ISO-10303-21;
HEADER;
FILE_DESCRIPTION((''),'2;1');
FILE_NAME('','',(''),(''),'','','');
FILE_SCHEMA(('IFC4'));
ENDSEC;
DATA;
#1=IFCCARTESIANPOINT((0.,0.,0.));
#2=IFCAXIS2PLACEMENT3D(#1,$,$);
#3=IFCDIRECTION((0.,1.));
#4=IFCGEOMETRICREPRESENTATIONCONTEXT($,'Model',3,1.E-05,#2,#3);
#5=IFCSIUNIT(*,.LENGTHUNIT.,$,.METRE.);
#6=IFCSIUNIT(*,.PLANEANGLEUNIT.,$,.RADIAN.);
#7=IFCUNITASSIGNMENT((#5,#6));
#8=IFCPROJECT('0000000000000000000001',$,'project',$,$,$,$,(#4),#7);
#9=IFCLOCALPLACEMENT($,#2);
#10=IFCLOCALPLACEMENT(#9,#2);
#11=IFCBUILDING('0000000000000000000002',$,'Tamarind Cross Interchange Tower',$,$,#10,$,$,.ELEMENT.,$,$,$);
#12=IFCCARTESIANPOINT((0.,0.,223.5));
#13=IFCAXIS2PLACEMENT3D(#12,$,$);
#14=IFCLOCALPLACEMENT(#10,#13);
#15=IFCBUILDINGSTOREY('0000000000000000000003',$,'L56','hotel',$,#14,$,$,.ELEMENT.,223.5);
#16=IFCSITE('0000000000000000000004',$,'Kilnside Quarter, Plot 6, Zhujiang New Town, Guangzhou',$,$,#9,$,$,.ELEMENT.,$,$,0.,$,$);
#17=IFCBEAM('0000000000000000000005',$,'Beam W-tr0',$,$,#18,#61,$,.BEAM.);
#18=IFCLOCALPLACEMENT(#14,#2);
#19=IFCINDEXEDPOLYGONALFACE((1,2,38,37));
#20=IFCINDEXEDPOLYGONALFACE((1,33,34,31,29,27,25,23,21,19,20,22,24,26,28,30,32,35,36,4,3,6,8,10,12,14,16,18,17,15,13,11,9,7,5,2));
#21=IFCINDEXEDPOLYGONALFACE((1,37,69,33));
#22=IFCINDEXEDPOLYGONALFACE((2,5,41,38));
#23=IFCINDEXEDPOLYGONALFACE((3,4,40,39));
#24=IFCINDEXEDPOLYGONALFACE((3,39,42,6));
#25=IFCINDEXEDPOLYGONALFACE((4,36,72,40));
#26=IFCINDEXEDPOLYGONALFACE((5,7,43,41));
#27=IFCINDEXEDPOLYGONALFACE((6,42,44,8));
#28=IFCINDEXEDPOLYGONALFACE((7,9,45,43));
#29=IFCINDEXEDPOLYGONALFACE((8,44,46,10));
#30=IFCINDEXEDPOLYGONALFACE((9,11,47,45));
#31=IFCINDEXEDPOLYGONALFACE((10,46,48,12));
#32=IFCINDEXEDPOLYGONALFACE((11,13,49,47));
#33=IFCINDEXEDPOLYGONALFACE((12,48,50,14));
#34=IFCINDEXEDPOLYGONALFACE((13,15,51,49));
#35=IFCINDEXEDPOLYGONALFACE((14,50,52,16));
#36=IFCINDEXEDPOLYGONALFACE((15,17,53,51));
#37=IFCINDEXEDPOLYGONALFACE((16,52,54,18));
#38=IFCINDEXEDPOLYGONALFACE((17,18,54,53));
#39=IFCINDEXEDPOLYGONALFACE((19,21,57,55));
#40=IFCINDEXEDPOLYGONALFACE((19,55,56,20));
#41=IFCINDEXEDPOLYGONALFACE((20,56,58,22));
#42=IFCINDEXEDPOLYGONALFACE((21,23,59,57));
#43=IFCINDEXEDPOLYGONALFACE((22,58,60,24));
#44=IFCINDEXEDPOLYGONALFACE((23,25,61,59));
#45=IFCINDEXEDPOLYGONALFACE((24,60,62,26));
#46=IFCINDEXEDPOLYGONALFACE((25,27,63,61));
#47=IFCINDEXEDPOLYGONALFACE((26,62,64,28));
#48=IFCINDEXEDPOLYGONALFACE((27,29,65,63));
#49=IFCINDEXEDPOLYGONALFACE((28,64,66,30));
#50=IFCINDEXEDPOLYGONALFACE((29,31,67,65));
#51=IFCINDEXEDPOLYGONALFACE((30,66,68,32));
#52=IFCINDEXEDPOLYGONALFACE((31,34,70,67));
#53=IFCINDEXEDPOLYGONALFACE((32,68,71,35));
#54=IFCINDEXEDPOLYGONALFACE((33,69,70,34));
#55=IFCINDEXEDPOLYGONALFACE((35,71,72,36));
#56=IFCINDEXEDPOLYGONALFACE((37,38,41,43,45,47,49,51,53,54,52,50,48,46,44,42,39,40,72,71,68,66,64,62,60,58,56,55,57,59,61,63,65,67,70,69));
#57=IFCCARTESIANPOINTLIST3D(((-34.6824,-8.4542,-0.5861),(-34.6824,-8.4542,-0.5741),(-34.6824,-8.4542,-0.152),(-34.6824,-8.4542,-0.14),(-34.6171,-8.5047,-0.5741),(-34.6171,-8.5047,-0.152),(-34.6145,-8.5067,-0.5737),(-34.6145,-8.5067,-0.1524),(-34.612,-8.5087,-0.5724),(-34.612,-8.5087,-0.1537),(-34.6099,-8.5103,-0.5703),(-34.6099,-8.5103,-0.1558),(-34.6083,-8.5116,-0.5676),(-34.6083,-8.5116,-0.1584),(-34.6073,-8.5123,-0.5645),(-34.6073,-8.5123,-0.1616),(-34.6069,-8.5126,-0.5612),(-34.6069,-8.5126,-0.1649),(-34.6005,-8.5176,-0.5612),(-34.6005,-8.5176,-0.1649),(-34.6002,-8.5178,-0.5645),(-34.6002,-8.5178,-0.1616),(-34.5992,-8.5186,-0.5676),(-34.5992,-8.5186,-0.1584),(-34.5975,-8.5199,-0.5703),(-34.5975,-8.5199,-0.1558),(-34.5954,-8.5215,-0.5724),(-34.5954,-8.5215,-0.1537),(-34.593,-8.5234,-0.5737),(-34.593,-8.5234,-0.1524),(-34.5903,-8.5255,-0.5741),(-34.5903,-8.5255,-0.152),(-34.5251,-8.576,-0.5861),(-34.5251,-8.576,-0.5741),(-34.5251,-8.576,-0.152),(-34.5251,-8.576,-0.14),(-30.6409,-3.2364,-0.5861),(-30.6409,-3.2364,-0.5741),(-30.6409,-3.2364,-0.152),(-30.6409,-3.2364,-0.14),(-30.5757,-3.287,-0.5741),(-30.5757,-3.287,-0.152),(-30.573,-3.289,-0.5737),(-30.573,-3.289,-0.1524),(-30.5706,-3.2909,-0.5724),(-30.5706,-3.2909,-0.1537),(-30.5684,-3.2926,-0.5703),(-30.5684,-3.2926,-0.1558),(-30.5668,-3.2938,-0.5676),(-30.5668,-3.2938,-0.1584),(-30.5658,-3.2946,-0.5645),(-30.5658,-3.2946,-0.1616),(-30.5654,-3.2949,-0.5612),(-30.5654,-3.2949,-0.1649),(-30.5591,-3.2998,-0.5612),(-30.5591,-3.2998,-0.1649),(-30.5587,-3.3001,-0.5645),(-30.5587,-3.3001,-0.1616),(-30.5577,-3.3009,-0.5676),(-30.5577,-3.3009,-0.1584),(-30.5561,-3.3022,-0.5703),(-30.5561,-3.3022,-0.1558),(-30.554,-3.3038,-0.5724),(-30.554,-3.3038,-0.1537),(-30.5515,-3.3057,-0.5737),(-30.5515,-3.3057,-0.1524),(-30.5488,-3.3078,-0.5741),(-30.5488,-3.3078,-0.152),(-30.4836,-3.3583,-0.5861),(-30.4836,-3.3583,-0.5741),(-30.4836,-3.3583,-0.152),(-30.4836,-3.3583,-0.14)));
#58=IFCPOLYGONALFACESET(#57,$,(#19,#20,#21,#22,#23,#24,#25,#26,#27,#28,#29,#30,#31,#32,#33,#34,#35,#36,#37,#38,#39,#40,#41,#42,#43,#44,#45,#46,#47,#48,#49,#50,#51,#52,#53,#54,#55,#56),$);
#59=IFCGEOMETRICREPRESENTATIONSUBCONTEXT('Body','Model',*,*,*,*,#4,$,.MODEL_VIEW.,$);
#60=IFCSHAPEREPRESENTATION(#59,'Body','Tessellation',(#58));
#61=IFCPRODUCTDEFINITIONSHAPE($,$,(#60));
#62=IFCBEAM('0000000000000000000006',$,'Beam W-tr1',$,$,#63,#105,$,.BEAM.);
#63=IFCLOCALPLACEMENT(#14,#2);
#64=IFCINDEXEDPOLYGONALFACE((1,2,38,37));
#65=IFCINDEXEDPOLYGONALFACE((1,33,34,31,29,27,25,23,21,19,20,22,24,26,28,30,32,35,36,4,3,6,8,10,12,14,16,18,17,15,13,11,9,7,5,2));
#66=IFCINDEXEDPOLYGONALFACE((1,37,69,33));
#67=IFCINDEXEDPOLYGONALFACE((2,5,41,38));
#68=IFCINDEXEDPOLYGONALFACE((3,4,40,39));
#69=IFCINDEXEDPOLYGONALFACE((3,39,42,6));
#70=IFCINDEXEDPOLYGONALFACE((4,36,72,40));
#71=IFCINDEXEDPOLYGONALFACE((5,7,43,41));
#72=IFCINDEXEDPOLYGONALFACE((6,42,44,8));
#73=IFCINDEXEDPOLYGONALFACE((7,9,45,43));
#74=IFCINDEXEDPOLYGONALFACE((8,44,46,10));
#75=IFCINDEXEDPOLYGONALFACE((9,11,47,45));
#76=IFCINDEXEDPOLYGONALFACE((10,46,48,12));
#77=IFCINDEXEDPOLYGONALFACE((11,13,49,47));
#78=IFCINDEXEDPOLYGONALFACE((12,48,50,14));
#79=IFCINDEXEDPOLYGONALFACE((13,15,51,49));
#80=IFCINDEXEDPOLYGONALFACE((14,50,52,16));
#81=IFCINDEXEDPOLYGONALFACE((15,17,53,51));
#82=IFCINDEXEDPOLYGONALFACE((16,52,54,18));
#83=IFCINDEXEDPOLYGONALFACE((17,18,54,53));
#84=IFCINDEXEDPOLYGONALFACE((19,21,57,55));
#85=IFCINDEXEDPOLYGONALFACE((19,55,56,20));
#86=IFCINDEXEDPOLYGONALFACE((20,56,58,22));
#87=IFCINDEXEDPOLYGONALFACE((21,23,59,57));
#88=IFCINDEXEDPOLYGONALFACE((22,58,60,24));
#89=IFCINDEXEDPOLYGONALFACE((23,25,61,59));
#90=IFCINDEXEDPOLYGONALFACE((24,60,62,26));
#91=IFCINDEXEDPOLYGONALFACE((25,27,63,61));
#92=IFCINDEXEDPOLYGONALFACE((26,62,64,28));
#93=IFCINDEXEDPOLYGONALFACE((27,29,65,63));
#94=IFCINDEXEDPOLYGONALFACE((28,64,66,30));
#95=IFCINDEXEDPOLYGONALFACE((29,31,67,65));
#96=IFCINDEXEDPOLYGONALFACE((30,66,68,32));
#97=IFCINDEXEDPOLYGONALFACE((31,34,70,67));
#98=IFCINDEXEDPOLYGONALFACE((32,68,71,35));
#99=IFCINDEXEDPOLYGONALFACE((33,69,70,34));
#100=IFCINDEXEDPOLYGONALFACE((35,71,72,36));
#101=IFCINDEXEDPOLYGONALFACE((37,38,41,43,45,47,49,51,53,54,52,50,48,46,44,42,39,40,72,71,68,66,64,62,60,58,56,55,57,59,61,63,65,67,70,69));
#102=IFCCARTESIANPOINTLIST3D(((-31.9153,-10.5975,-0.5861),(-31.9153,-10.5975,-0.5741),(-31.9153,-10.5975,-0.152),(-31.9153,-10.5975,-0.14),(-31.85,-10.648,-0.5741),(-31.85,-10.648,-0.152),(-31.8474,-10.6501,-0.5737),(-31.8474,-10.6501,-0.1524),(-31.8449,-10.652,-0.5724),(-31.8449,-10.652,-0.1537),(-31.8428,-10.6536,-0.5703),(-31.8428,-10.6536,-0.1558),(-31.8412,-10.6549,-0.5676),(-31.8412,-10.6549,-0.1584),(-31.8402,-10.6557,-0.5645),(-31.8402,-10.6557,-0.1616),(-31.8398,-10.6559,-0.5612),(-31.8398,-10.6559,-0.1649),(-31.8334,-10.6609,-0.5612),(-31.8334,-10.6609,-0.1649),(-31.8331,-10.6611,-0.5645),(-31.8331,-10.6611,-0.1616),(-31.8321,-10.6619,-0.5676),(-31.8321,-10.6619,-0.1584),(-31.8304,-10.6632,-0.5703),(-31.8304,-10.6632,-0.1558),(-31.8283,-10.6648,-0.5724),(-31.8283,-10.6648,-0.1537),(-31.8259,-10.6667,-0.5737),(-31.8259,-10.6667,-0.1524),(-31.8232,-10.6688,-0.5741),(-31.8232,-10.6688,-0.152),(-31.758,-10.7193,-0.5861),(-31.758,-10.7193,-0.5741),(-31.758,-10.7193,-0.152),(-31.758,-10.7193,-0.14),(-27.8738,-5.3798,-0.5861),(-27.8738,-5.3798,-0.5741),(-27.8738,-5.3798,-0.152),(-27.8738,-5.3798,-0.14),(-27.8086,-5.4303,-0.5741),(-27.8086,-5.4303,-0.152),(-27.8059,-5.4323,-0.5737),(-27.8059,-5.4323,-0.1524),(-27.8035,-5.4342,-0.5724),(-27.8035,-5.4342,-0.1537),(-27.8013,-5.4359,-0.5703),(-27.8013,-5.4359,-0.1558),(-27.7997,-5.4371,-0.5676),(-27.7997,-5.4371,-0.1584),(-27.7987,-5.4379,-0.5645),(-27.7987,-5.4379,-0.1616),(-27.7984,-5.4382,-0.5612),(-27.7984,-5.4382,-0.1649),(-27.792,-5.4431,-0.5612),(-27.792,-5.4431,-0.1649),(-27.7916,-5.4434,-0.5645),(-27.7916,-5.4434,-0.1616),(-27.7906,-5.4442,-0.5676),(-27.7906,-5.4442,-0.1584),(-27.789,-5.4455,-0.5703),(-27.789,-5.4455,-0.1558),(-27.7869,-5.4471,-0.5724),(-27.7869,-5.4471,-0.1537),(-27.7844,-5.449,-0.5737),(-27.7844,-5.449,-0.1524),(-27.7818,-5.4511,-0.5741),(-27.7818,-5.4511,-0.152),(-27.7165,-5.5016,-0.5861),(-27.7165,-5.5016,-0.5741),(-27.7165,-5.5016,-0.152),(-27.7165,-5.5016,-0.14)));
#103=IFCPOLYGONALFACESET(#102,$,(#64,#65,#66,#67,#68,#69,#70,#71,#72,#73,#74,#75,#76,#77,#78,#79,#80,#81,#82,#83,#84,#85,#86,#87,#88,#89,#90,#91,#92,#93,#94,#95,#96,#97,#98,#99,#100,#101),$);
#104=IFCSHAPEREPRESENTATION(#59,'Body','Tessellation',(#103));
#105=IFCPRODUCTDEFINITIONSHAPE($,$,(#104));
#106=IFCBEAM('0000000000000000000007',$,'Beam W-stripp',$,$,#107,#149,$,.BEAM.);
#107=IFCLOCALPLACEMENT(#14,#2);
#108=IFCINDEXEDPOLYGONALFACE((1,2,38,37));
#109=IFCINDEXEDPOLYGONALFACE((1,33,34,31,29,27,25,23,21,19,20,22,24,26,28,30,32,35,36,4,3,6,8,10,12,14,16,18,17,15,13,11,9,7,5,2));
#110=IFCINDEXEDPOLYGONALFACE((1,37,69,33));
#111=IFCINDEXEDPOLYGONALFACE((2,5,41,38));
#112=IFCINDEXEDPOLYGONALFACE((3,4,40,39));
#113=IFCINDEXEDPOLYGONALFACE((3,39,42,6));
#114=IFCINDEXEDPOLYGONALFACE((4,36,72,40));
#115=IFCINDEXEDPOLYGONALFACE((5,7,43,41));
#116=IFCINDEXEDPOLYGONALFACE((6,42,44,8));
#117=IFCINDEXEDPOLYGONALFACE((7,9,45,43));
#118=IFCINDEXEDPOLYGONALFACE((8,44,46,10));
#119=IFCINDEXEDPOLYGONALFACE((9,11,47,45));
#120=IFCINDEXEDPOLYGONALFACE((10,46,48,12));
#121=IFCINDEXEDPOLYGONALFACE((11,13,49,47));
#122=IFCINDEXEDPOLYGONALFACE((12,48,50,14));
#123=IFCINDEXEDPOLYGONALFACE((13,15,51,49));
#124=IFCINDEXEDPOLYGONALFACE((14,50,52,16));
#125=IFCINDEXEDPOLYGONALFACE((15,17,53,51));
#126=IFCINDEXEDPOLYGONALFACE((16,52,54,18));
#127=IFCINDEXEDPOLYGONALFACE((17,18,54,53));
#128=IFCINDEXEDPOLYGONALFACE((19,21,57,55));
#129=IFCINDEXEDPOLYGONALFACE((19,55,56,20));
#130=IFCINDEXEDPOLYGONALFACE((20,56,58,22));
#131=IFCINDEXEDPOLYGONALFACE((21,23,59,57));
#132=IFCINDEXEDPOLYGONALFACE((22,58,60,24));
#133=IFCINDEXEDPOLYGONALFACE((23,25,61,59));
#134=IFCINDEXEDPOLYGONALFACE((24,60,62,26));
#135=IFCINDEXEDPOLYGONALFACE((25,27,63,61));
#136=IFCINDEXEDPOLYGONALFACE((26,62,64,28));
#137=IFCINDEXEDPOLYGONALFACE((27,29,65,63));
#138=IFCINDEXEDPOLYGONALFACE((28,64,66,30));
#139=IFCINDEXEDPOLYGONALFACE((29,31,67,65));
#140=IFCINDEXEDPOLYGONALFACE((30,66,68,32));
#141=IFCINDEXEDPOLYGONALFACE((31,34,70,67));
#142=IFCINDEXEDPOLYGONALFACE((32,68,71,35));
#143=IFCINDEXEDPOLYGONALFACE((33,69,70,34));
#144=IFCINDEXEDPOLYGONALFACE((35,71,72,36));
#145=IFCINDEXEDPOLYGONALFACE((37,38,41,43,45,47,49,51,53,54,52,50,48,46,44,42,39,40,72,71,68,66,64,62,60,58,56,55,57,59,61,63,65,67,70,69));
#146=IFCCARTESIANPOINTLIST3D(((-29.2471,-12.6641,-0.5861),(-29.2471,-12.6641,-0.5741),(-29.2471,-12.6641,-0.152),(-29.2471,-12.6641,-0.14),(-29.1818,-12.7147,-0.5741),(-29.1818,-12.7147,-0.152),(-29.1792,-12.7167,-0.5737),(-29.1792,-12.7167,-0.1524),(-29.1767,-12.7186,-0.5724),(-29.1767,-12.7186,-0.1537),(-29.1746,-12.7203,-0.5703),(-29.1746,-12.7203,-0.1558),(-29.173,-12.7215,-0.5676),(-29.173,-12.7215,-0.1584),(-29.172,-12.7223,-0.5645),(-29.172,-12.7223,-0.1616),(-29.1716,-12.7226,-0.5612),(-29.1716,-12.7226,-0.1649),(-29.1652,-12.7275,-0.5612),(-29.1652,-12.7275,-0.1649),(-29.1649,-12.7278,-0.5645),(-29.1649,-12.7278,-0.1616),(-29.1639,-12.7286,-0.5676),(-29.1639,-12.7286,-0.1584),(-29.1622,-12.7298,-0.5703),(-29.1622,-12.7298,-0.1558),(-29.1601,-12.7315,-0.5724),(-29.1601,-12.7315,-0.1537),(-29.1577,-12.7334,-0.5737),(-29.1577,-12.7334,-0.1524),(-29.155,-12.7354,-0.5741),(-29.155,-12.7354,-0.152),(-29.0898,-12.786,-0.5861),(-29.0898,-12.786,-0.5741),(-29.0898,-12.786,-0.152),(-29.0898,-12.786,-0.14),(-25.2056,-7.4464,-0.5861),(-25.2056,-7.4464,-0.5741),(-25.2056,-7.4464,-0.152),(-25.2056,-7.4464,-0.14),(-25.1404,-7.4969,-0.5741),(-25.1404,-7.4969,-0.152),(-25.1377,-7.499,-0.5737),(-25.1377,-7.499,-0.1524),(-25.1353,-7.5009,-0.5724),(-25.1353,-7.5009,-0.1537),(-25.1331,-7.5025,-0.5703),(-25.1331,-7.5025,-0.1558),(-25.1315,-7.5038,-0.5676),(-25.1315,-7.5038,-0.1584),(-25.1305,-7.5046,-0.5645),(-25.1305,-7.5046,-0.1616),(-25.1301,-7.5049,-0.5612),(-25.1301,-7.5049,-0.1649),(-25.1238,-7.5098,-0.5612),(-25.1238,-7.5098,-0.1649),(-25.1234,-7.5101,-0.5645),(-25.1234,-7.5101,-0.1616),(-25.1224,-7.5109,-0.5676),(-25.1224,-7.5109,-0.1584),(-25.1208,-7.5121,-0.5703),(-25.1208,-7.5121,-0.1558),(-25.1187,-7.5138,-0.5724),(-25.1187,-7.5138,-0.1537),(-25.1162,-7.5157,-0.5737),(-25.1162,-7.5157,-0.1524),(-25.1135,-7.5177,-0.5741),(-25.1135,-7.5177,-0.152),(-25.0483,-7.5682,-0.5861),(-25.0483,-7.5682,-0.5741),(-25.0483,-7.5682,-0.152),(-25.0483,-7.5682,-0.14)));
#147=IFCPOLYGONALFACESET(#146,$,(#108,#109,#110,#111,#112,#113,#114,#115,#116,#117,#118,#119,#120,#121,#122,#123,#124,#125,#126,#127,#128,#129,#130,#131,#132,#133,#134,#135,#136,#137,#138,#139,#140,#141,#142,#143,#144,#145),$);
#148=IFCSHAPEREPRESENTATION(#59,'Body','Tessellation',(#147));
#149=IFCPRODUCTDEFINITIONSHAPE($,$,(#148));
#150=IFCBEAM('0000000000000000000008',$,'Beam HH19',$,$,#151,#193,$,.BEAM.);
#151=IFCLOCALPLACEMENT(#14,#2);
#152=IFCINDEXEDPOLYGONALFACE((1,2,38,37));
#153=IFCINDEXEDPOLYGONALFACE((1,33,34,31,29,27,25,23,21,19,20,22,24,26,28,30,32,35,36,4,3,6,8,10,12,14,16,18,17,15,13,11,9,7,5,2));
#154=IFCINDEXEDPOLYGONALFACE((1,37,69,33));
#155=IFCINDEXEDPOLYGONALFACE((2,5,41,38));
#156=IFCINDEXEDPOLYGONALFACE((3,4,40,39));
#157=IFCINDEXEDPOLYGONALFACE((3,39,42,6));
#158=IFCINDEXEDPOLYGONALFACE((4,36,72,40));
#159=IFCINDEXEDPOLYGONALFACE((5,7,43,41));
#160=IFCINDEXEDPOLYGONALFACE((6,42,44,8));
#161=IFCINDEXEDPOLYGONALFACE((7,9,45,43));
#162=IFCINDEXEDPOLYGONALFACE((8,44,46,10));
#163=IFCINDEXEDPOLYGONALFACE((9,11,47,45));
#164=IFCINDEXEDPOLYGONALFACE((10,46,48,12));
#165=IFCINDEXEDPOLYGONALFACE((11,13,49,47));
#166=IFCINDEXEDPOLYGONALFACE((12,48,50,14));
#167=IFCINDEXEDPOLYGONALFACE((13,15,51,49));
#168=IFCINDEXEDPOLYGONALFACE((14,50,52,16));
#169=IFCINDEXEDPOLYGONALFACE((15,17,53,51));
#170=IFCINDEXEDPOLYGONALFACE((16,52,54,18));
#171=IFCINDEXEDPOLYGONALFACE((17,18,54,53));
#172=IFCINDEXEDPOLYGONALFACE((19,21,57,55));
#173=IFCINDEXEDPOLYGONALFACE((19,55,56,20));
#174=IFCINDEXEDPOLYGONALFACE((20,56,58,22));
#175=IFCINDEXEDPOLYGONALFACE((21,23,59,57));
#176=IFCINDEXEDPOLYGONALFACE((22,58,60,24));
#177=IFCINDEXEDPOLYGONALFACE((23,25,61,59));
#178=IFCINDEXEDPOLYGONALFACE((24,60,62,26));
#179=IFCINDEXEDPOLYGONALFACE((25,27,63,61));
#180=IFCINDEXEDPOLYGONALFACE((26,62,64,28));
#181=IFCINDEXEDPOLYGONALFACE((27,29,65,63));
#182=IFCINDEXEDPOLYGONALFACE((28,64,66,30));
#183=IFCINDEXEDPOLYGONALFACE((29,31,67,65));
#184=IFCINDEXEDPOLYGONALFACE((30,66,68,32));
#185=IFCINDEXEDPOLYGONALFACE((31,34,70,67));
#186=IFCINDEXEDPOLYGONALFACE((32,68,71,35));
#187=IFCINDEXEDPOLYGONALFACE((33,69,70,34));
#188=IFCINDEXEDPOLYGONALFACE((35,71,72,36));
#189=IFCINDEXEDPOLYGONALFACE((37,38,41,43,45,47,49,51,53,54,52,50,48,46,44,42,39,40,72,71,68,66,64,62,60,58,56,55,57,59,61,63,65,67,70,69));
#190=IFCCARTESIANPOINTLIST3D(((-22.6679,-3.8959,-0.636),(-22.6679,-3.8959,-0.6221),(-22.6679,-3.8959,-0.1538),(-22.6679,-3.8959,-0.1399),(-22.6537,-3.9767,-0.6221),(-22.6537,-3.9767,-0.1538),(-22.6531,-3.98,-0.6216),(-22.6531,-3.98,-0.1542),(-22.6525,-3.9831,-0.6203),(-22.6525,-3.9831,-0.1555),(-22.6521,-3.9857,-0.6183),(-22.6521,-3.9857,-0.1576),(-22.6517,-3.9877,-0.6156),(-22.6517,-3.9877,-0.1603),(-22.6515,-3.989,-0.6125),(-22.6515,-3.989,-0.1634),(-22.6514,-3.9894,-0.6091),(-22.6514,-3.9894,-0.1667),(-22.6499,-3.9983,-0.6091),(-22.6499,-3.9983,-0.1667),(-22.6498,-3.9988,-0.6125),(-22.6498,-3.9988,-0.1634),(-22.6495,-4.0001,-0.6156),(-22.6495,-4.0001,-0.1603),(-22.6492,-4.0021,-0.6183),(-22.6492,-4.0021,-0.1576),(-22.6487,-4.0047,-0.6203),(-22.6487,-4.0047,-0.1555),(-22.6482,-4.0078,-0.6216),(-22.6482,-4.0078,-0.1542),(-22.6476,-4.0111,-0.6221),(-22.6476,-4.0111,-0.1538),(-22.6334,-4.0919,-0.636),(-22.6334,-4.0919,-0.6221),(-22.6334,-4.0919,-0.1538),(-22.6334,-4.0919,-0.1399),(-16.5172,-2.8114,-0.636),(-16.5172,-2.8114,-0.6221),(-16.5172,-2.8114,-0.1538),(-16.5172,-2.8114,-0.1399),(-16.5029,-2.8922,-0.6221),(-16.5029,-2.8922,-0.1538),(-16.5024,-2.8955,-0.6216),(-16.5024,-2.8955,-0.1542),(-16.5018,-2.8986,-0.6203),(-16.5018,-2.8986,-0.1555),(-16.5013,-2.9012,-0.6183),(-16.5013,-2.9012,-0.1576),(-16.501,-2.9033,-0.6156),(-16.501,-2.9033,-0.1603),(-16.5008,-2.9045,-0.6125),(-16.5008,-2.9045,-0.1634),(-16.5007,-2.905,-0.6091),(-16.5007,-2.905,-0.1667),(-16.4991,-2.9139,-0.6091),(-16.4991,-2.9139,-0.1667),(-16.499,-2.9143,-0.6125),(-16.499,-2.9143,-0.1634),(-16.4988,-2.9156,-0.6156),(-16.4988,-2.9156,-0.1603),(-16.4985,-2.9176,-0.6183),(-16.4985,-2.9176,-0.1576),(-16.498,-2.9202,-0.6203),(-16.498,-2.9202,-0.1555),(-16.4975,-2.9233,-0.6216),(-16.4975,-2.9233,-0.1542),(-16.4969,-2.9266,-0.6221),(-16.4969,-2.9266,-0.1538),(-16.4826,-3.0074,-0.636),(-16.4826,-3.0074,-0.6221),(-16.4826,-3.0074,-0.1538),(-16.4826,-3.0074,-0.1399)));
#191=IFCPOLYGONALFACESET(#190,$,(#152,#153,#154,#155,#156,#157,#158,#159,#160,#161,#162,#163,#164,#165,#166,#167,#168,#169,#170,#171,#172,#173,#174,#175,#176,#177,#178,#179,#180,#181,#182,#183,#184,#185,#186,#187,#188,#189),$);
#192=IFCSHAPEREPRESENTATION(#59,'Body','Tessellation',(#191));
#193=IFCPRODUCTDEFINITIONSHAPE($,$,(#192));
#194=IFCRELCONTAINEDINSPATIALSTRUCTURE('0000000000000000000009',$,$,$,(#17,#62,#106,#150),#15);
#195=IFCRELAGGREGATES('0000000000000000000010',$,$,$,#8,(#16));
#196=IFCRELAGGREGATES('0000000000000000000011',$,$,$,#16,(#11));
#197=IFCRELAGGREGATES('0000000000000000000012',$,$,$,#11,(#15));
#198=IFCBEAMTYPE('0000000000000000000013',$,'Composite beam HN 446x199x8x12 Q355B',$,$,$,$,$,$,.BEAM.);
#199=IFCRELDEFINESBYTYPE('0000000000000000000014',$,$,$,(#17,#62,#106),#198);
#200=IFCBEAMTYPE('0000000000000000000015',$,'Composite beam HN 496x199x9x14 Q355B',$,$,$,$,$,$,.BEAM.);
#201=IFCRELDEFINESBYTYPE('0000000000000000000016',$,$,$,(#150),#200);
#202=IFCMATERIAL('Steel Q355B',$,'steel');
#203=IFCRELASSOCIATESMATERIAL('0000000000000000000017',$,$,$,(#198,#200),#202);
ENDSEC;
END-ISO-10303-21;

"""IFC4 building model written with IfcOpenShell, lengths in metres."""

from ifc_helpers import new_model, si_unit, direction, frame, origin, origin_2d, place, context, subcontext, project, spatial, i_section, extrude, material, material_profile, profile_set, type_object, element, save


model = new_model("IFC4")

# Units and contexts
model_context = context("Model", 3, precision=1e-05, world=origin(), true_north=direction((0.0, 1.0)))
body_context = subcontext(model_context, "Body", "Model", "MODEL_VIEW")
ifc_project = project(units=[si_unit("LENGTHUNIT", "METRE"), si_unit("PLANEANGLEUNIT", "RADIAN")], contexts=[model_context])

# Site, building, storey
site_placement = place(None, origin())
site = spatial("IfcSite", under=ifc_project, at=site_placement, Name="Kilnside Quarter, Plot 6, Zhujiang New Town, Guangzhou", CompositionType="ELEMENT", RefElevation=0.0)
building_placement = place(site_placement, origin())
building = spatial("IfcBuilding", under=site, at=building_placement, Name="Tamarind Cross Interchange Tower", CompositionType="ELEMENT")
storey_placement = place(building_placement, frame((0.0, 0.0, 223.5)))
storey = spatial("IfcBuildingStorey", under=building, at=storey_placement, Name="L56", Description="hotel", CompositionType="ELEMENT", Elevation=223.5)

# Beams
ifc_material_1 = material(Name="Steel Q355B", Category="steel")
ifc_material_profile_1 = material_profile(ifc_material_1, i_section(OverallWidth=0.199, OverallDepth=0.446, WebThickness=0.0081, FlangeThickness=0.012, FilletRadius=0.0129, at=origin_2d()), Name="HN 446x199x8x12")
ifc_profile_set_1 = profile_set([ifc_material_profile_1], Name="Steel Q355B")
beam_type_1 = type_object("IfcBeamType", Name="Composite beam HN 446x199x8x12 Q355B", PredefinedType="BEAM", material=ifc_profile_set_1)
for number, where, z_axis, x_axis, name in (
    (1, (-30.5623, -3.2974, -0.363), (-0.612357, -0.790582, 0.0), (0.790582, -0.612357, 0.0), "Beam W-tr0"),
    (2, (-27.7952, -5.4407, -0.363), (-0.612357, -0.790582, 0.0), (0.790582, -0.612357, 0.0), "Beam W-tr1"),
    (3, (-25.127, -7.5073, -0.363), (-0.612357, -0.790582, 0.0), (0.790582, -0.612357, 0.0), "Beam W-stripp"),
):
    element("IfcBeam", number, at=place(storey_placement, frame(where, z_axis=z_axis, x_axis=x_axis)), inside=storey, type_object=beam_type_1, Name=name, PredefinedType="BEAM", context=body_context, shape_type="SweptSolid", body=[
        extrude(i_section(OverallWidth=0.199, OverallDepth=0.446, WebThickness=0.0081, FlangeThickness=0.012, FilletRadius=0.0129, at=origin_2d()), origin(), (0.0, 0.0, 1.0), 6.5999),
    ])
ifc_material_profile_2 = material_profile(ifc_material_1, i_section(OverallWidth=0.199, OverallDepth=0.4961, WebThickness=0.009, FlangeThickness=0.0139, FilletRadius=0.0129, at=origin_2d()), Name="HN 496x199x9x14")
ifc_profile_set_2 = profile_set([ifc_material_profile_2], Name="Steel Q355B")
beam_type_2 = type_object("IfcBeamType", Name="Composite beam HN 496x199x9x14 Q355B", PredefinedType="BEAM", material=ifc_profile_set_2)
beam_1_placement = place(storey_placement, frame((-22.6506, -3.9939, -0.3879), z_axis=(0.984809, 0.17364, 0.0), x_axis=(-0.17364, 0.984809, 0.0)))
element("IfcBeam", 4, at=beam_1_placement, inside=storey, type_object=beam_type_2, Name="Beam HH19", PredefinedType="BEAM", context=body_context, shape_type="SweptSolid", body=[
    extrude(i_section(OverallWidth=0.199, OverallDepth=0.4961, WebThickness=0.009, FlangeThickness=0.0139, FilletRadius=0.0129, at=origin_2d()), origin(), (0.0, 0.0, 1.0), 6.2456),
])

save(model, "model.ifc")
